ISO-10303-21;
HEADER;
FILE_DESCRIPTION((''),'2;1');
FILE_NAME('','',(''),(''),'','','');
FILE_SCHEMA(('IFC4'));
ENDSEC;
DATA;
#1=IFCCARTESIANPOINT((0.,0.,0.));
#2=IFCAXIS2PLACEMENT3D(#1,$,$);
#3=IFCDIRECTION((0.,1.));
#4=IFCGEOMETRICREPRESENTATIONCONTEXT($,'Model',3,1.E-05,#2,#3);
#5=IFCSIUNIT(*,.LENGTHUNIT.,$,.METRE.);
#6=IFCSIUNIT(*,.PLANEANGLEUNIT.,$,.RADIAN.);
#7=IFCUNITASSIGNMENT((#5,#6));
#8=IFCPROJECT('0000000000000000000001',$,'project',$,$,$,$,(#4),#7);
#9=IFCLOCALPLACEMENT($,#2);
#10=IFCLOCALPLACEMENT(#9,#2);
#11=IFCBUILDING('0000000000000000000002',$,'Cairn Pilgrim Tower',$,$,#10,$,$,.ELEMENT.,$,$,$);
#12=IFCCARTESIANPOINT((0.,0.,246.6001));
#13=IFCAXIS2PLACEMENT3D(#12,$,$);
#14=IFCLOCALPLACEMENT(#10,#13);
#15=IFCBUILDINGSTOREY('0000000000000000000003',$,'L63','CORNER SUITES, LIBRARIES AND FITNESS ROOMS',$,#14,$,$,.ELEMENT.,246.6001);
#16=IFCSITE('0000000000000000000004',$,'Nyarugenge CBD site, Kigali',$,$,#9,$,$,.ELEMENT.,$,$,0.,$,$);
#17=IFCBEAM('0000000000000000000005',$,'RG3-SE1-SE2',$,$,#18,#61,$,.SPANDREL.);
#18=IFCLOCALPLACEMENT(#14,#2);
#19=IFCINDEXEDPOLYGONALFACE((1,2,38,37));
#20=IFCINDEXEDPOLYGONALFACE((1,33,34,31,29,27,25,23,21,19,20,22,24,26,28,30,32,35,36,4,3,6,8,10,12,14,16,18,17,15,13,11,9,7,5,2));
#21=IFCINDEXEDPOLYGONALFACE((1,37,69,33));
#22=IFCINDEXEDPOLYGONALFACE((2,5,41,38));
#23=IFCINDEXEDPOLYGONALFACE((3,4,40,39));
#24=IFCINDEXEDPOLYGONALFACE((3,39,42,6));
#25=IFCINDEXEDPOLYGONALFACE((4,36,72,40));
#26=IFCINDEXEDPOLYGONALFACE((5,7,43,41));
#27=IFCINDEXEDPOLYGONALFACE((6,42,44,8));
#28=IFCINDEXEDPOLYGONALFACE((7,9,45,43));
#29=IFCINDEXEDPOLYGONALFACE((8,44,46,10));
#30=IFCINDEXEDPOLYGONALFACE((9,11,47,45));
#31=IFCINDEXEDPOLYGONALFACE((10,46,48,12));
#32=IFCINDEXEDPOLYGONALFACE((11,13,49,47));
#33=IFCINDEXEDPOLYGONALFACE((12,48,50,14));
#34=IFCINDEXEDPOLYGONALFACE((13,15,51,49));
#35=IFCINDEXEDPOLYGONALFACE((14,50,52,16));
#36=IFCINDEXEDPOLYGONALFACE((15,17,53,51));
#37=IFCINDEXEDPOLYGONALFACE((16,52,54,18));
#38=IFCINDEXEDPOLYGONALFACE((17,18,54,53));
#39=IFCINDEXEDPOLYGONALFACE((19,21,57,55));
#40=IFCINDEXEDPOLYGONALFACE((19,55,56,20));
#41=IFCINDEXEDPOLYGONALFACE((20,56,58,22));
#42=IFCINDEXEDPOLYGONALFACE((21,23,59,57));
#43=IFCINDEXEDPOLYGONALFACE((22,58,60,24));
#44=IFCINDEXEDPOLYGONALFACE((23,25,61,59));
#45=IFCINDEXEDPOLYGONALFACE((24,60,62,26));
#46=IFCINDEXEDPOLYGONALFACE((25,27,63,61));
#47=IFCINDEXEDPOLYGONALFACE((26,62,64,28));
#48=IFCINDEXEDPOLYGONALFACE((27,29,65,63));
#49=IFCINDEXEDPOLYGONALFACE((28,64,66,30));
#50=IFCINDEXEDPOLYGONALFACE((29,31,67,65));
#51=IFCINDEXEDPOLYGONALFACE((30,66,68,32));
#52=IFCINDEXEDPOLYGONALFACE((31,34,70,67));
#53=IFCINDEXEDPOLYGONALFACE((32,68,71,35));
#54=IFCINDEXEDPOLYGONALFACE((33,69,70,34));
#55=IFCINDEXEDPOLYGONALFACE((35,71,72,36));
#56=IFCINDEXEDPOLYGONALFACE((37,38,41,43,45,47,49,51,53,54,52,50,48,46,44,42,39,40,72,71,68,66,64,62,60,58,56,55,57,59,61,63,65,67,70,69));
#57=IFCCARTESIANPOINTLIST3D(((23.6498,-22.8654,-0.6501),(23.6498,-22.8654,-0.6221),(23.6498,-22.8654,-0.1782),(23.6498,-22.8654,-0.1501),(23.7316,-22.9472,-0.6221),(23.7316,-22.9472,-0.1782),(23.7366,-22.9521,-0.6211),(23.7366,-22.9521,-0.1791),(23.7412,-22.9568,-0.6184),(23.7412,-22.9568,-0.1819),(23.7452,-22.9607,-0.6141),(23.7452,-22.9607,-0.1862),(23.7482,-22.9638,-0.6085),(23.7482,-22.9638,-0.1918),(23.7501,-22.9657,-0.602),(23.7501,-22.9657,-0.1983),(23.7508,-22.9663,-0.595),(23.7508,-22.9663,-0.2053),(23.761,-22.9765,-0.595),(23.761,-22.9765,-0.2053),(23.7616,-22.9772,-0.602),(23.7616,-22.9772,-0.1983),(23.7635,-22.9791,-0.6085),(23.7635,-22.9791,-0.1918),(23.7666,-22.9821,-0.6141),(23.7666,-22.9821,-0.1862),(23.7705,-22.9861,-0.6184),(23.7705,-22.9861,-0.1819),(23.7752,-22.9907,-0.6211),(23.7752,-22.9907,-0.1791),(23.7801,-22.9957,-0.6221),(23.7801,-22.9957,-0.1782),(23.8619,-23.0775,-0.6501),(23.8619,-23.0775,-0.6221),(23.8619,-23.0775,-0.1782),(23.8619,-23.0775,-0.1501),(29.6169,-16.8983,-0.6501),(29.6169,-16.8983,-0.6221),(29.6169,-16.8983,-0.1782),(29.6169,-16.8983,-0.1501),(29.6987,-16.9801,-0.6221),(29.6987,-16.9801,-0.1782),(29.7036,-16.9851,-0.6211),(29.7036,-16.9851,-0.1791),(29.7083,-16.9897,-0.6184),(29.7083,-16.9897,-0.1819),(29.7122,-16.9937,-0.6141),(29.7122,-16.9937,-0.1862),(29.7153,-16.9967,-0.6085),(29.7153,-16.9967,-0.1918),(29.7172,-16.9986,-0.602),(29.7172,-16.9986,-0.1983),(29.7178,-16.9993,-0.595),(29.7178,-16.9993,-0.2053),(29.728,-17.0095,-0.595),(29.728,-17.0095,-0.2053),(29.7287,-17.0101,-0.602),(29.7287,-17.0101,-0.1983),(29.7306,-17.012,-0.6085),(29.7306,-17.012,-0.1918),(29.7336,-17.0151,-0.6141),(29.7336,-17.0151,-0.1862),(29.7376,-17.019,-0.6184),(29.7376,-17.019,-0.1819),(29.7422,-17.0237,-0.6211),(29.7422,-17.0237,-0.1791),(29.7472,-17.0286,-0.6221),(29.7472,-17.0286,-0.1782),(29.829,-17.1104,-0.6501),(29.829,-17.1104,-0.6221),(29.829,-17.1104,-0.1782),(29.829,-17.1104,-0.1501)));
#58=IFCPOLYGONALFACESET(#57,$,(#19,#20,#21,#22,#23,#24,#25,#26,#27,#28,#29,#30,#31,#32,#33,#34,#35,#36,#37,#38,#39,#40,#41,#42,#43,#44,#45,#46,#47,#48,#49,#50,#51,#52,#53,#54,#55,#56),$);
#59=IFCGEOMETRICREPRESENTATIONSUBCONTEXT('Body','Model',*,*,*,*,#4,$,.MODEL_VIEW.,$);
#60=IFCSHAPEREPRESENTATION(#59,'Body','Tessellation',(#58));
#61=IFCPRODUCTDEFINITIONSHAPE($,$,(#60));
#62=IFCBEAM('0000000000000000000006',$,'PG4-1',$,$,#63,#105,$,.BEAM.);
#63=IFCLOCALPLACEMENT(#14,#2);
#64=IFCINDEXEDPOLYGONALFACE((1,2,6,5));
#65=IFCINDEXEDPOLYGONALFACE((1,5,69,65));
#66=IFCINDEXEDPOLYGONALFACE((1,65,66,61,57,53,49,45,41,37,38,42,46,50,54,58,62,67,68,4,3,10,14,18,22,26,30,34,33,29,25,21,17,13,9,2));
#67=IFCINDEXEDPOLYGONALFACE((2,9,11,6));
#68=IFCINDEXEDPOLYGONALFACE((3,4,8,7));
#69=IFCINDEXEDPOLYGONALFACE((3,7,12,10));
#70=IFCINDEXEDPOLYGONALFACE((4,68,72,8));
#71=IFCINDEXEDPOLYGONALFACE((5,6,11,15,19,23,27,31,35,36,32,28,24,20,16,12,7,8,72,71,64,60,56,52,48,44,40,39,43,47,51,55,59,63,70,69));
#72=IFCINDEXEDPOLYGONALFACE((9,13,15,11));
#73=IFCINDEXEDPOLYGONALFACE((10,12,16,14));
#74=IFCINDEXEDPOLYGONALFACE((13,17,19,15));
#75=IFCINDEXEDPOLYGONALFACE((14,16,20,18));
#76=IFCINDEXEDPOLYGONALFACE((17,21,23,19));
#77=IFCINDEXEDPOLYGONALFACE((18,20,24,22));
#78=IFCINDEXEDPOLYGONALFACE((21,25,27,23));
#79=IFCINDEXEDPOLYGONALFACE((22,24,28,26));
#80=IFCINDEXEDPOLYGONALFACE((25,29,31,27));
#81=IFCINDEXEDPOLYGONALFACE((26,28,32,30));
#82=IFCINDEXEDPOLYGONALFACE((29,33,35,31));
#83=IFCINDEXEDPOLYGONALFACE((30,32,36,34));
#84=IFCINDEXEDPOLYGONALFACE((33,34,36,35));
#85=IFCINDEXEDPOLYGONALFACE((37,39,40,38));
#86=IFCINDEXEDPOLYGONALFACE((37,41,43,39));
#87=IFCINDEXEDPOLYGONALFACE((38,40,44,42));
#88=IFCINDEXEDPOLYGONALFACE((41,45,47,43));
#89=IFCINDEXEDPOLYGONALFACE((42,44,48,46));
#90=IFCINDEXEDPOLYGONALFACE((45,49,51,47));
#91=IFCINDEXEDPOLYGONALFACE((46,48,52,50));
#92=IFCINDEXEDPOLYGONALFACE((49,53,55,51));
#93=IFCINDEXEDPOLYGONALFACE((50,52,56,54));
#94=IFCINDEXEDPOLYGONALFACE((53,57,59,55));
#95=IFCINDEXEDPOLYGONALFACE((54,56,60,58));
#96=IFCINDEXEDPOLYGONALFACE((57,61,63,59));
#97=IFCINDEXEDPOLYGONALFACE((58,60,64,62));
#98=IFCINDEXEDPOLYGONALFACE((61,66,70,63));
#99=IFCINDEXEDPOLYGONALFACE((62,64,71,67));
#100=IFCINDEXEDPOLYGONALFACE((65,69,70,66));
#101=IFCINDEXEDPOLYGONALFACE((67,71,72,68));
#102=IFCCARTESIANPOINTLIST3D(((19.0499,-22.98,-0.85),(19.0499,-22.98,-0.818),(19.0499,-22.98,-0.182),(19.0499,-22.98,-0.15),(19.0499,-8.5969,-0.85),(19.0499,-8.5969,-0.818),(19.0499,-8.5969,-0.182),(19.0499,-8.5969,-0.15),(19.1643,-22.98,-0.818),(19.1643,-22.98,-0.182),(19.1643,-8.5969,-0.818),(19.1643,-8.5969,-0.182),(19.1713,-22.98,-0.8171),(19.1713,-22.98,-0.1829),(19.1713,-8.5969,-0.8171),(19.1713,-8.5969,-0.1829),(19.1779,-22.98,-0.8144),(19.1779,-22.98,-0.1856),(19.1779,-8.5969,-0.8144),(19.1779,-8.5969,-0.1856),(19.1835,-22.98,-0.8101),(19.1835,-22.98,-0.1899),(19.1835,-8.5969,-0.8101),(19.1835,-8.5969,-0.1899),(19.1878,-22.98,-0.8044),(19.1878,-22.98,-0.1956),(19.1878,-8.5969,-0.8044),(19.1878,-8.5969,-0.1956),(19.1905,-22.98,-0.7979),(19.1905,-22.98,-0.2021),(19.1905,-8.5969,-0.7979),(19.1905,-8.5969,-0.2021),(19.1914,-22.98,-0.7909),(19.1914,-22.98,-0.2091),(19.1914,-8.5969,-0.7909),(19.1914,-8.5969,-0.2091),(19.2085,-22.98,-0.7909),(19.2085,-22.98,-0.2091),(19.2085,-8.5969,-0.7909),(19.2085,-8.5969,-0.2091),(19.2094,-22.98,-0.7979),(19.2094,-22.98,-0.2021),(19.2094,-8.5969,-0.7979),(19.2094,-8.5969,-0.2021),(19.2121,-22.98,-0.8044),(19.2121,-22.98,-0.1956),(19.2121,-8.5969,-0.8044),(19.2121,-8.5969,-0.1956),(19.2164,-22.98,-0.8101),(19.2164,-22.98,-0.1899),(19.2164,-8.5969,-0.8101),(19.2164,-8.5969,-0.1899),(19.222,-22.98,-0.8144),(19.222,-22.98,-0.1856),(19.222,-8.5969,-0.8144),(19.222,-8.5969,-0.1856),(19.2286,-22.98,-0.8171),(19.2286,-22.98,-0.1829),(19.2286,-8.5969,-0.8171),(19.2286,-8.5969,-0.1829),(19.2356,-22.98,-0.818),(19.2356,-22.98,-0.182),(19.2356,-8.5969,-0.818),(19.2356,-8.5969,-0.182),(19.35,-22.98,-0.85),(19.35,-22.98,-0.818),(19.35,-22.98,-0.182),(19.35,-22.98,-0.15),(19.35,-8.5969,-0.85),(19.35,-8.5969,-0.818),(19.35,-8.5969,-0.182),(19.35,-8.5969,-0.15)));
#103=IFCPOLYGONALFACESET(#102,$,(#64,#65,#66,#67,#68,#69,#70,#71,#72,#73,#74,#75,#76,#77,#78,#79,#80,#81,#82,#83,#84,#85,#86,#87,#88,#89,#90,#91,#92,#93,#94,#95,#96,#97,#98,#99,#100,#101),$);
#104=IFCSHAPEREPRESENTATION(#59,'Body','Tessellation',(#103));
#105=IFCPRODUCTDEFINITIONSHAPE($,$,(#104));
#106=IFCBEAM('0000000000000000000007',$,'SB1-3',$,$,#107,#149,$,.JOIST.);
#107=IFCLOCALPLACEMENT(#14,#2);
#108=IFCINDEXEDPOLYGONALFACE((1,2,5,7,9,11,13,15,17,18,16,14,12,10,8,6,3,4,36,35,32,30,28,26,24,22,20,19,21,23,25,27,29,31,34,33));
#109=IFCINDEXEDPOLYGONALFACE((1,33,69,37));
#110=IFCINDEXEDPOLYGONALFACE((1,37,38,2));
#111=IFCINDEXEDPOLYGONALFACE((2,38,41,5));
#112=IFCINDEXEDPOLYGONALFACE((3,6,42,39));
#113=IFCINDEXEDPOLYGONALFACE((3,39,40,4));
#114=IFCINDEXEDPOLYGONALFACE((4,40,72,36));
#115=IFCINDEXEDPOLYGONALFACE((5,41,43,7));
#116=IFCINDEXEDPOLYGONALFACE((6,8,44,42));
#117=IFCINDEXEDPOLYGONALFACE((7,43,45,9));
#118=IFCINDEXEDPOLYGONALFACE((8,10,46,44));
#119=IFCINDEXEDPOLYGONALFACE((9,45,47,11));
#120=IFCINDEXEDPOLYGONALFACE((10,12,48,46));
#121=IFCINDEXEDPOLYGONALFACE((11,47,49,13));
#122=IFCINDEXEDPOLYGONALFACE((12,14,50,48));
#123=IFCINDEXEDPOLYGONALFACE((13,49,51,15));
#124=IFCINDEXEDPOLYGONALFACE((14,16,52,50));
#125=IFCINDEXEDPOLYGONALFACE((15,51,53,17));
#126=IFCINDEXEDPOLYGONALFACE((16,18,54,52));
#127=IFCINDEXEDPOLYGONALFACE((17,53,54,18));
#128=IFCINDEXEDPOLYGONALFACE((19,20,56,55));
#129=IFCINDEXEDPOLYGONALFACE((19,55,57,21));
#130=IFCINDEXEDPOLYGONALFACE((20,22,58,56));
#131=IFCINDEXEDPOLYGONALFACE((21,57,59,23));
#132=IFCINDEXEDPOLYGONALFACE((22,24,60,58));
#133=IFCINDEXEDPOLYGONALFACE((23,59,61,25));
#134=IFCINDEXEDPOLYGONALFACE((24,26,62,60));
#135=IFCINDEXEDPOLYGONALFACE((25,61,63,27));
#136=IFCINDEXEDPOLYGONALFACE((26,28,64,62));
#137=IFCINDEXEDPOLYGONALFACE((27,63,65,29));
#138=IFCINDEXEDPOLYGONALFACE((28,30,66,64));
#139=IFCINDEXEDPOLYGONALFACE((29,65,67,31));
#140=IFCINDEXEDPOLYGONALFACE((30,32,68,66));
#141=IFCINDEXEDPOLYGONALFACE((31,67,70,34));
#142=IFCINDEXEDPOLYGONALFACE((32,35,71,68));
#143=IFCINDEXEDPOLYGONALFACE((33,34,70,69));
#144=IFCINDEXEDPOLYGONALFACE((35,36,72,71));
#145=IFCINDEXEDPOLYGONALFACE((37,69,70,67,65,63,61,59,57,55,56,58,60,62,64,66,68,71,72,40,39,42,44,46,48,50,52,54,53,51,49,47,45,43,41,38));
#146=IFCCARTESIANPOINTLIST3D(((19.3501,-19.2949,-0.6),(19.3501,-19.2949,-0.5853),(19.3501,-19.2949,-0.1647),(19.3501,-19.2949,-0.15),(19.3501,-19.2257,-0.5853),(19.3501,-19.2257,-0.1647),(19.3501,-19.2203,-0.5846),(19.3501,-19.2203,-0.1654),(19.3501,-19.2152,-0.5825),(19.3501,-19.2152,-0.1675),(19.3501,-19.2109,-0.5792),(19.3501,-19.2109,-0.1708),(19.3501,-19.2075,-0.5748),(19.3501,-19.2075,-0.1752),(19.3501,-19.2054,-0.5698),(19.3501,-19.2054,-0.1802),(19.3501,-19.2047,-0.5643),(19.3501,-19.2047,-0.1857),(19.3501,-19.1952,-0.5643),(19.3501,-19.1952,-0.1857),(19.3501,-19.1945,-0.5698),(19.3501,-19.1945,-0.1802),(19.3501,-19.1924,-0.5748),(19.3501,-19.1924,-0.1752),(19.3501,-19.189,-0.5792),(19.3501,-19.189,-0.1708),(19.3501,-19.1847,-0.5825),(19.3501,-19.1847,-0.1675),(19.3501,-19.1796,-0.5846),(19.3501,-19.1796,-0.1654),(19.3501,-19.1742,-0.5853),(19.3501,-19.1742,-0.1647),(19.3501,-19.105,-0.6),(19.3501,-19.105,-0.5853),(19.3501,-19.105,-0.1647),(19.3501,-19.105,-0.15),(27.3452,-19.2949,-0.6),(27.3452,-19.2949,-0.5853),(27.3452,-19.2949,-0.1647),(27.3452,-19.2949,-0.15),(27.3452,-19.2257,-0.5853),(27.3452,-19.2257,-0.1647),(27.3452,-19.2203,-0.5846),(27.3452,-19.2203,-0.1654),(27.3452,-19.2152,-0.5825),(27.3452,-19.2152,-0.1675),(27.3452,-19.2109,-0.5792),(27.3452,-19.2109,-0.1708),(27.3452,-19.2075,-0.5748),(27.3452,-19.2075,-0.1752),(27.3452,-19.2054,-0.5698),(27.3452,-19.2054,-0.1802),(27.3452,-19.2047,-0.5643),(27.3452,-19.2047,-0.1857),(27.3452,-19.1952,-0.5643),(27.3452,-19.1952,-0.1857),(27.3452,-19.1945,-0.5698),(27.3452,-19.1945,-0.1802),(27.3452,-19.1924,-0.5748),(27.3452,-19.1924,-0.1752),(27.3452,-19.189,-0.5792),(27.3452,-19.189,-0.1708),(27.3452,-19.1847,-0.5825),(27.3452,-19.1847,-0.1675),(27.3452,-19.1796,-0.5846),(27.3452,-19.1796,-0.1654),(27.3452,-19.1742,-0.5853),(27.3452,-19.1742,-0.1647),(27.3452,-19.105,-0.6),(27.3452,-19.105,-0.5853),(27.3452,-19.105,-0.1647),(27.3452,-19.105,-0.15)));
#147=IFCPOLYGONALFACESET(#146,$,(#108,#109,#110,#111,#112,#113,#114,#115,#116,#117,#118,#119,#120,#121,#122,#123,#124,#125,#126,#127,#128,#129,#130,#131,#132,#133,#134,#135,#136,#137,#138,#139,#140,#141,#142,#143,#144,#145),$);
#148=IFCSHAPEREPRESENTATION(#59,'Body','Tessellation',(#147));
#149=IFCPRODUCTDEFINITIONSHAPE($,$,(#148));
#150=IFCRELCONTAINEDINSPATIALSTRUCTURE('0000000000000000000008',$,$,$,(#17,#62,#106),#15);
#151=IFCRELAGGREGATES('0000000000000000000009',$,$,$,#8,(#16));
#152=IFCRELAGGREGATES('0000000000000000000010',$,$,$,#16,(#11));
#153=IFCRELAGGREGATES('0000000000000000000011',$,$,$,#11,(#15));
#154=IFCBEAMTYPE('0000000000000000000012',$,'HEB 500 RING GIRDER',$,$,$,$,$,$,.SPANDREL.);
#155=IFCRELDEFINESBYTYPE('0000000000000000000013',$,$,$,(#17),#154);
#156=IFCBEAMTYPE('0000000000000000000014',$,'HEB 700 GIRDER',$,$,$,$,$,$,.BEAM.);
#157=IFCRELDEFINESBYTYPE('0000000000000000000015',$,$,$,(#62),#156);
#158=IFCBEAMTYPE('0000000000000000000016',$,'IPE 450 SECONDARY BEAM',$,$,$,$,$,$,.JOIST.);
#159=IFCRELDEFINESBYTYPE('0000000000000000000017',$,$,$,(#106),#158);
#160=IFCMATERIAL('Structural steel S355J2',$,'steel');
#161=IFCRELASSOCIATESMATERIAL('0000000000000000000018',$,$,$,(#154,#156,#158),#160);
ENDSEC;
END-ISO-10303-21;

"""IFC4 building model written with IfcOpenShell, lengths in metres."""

from ifc_helpers import new_model, si_unit, direction, frame, origin, origin_2d, place, context, subcontext, project, spatial, i_section, extrude, material, material_profile, profile_set, type_object, element, save


model = new_model("IFC4")

# Units and contexts
model_context = context("Model", 3, precision=1e-05, world=origin(), true_north=direction((0.0, 1.0)))
body_context = subcontext(model_context, "Body", "Model", "MODEL_VIEW")
ifc_project = project(units=[si_unit("LENGTHUNIT", "METRE"), si_unit("PLANEANGLEUNIT", "RADIAN")], contexts=[model_context])

# Site, building, storey
site_placement = place(None, origin())
site = spatial("IfcSite", under=ifc_project, at=site_placement, Name="Nyarugenge CBD site, Kigali", CompositionType="ELEMENT", RefElevation=0.0)
building_placement = place(site_placement, origin())
building = spatial("IfcBuilding", under=site, at=building_placement, Name="Cairn Pilgrim Tower", CompositionType="ELEMENT")
storey_placement = place(building_placement, frame((0.0, 0.0, 246.6001)))
storey = spatial("IfcBuildingStorey", under=building, at=storey_placement, Name="L63", Description="CORNER SUITES, LIBRARIES AND FITNESS ROOMS", CompositionType="ELEMENT", Elevation=246.6001)

# Beams
ifc_material_1 = material(Name="Structural steel S355J2", Category="steel")
ifc_material_profile_1 = material_profile(ifc_material_1, i_section(OverallWidth=0.3, OverallDepth=0.5, WebThickness=0.0144, FlangeThickness=0.0281, FilletRadius=0.0271, at=origin_2d()), Name="HEB 500")
ifc_profile_set_1 = profile_set([ifc_material_profile_1], Name="Structural steel S355J2")
beam_type_1 = type_object("IfcBeamType", Name="HEB 500 RING GIRDER", PredefinedType="SPANDREL", material=ifc_profile_set_1)
beam_1_placement = place(storey_placement, frame((23.7559, -22.9714, -0.4001), z_axis=(0.707107, 0.707107, 0.0), x_axis=(-0.707107, 0.707107, 0.0)))
element("IfcBeam", 1, at=beam_1_placement, inside=storey, type_object=beam_type_1, Name="RG3-SE1-SE2", PredefinedType="SPANDREL", context=body_context, shape_type="SweptSolid", body=[
    extrude(i_section(OverallWidth=0.3, OverallDepth=0.5, WebThickness=0.0144, FlangeThickness=0.0281, FilletRadius=0.0271, at=origin_2d()), origin(), (0.0, 0.0, 1.0), 8.4387),
])
ifc_material_profile_2 = material_profile(ifc_material_1, i_section(OverallWidth=0.3, OverallDepth=0.7, WebThickness=0.0171, FlangeThickness=0.032, FilletRadius=0.0271, at=origin_2d()), Name="HEB 700")
ifc_profile_set_2 = profile_set([ifc_material_profile_2], Name="Structural steel S355J2")
beam_type_2 = type_object("IfcBeamType", Name="HEB 700 GIRDER", PredefinedType="BEAM", material=ifc_profile_set_2)
beam_2_placement = place(storey_placement, frame((19.2, -22.98, -0.5), z_axis=(0.0, 1.0, 0.0), x_axis=(-1.0, 0.0, 0.0)))
element("IfcBeam", 2, at=beam_2_placement, inside=storey, type_object=beam_type_2, Name="PG4-1", PredefinedType="BEAM", context=body_context, shape_type="SweptSolid", body=[
    extrude(i_section(OverallWidth=0.3, OverallDepth=0.7, WebThickness=0.0171, FlangeThickness=0.032, FilletRadius=0.0271, at=origin_2d()), origin(), (0.0, 0.0, 1.0), 14.3831),
])
ifc_material_profile_3 = material_profile(ifc_material_1, i_section(OverallWidth=0.1899, OverallDepth=0.45, WebThickness=0.0095, FlangeThickness=0.0146, FilletRadius=0.021, at=origin_2d()), Name="IPE 450")
ifc_profile_set_3 = profile_set([ifc_material_profile_3], Name="Structural steel S355J2")
beam_type_3 = type_object("IfcBeamType", Name="IPE 450 SECONDARY BEAM", PredefinedType="JOIST", material=ifc_profile_set_3)
beam_3_placement = place(storey_placement, frame((19.3501, -19.2, -0.375), z_axis=(1.0, 0.0, 0.0), x_axis=(0.0, 1.0, 0.0)))
element("IfcBeam", 3, at=beam_3_placement, inside=storey, type_object=beam_type_3, Name="SB1-3", PredefinedType="JOIST", context=body_context, shape_type="SweptSolid", body=[
    extrude(i_section(OverallWidth=0.1899, OverallDepth=0.45, WebThickness=0.0095, FlangeThickness=0.0146, FilletRadius=0.021, at=origin_2d()), origin(), (0.0, 0.0, 1.0), 7.9951),
])

save(model, "model.ifc")
